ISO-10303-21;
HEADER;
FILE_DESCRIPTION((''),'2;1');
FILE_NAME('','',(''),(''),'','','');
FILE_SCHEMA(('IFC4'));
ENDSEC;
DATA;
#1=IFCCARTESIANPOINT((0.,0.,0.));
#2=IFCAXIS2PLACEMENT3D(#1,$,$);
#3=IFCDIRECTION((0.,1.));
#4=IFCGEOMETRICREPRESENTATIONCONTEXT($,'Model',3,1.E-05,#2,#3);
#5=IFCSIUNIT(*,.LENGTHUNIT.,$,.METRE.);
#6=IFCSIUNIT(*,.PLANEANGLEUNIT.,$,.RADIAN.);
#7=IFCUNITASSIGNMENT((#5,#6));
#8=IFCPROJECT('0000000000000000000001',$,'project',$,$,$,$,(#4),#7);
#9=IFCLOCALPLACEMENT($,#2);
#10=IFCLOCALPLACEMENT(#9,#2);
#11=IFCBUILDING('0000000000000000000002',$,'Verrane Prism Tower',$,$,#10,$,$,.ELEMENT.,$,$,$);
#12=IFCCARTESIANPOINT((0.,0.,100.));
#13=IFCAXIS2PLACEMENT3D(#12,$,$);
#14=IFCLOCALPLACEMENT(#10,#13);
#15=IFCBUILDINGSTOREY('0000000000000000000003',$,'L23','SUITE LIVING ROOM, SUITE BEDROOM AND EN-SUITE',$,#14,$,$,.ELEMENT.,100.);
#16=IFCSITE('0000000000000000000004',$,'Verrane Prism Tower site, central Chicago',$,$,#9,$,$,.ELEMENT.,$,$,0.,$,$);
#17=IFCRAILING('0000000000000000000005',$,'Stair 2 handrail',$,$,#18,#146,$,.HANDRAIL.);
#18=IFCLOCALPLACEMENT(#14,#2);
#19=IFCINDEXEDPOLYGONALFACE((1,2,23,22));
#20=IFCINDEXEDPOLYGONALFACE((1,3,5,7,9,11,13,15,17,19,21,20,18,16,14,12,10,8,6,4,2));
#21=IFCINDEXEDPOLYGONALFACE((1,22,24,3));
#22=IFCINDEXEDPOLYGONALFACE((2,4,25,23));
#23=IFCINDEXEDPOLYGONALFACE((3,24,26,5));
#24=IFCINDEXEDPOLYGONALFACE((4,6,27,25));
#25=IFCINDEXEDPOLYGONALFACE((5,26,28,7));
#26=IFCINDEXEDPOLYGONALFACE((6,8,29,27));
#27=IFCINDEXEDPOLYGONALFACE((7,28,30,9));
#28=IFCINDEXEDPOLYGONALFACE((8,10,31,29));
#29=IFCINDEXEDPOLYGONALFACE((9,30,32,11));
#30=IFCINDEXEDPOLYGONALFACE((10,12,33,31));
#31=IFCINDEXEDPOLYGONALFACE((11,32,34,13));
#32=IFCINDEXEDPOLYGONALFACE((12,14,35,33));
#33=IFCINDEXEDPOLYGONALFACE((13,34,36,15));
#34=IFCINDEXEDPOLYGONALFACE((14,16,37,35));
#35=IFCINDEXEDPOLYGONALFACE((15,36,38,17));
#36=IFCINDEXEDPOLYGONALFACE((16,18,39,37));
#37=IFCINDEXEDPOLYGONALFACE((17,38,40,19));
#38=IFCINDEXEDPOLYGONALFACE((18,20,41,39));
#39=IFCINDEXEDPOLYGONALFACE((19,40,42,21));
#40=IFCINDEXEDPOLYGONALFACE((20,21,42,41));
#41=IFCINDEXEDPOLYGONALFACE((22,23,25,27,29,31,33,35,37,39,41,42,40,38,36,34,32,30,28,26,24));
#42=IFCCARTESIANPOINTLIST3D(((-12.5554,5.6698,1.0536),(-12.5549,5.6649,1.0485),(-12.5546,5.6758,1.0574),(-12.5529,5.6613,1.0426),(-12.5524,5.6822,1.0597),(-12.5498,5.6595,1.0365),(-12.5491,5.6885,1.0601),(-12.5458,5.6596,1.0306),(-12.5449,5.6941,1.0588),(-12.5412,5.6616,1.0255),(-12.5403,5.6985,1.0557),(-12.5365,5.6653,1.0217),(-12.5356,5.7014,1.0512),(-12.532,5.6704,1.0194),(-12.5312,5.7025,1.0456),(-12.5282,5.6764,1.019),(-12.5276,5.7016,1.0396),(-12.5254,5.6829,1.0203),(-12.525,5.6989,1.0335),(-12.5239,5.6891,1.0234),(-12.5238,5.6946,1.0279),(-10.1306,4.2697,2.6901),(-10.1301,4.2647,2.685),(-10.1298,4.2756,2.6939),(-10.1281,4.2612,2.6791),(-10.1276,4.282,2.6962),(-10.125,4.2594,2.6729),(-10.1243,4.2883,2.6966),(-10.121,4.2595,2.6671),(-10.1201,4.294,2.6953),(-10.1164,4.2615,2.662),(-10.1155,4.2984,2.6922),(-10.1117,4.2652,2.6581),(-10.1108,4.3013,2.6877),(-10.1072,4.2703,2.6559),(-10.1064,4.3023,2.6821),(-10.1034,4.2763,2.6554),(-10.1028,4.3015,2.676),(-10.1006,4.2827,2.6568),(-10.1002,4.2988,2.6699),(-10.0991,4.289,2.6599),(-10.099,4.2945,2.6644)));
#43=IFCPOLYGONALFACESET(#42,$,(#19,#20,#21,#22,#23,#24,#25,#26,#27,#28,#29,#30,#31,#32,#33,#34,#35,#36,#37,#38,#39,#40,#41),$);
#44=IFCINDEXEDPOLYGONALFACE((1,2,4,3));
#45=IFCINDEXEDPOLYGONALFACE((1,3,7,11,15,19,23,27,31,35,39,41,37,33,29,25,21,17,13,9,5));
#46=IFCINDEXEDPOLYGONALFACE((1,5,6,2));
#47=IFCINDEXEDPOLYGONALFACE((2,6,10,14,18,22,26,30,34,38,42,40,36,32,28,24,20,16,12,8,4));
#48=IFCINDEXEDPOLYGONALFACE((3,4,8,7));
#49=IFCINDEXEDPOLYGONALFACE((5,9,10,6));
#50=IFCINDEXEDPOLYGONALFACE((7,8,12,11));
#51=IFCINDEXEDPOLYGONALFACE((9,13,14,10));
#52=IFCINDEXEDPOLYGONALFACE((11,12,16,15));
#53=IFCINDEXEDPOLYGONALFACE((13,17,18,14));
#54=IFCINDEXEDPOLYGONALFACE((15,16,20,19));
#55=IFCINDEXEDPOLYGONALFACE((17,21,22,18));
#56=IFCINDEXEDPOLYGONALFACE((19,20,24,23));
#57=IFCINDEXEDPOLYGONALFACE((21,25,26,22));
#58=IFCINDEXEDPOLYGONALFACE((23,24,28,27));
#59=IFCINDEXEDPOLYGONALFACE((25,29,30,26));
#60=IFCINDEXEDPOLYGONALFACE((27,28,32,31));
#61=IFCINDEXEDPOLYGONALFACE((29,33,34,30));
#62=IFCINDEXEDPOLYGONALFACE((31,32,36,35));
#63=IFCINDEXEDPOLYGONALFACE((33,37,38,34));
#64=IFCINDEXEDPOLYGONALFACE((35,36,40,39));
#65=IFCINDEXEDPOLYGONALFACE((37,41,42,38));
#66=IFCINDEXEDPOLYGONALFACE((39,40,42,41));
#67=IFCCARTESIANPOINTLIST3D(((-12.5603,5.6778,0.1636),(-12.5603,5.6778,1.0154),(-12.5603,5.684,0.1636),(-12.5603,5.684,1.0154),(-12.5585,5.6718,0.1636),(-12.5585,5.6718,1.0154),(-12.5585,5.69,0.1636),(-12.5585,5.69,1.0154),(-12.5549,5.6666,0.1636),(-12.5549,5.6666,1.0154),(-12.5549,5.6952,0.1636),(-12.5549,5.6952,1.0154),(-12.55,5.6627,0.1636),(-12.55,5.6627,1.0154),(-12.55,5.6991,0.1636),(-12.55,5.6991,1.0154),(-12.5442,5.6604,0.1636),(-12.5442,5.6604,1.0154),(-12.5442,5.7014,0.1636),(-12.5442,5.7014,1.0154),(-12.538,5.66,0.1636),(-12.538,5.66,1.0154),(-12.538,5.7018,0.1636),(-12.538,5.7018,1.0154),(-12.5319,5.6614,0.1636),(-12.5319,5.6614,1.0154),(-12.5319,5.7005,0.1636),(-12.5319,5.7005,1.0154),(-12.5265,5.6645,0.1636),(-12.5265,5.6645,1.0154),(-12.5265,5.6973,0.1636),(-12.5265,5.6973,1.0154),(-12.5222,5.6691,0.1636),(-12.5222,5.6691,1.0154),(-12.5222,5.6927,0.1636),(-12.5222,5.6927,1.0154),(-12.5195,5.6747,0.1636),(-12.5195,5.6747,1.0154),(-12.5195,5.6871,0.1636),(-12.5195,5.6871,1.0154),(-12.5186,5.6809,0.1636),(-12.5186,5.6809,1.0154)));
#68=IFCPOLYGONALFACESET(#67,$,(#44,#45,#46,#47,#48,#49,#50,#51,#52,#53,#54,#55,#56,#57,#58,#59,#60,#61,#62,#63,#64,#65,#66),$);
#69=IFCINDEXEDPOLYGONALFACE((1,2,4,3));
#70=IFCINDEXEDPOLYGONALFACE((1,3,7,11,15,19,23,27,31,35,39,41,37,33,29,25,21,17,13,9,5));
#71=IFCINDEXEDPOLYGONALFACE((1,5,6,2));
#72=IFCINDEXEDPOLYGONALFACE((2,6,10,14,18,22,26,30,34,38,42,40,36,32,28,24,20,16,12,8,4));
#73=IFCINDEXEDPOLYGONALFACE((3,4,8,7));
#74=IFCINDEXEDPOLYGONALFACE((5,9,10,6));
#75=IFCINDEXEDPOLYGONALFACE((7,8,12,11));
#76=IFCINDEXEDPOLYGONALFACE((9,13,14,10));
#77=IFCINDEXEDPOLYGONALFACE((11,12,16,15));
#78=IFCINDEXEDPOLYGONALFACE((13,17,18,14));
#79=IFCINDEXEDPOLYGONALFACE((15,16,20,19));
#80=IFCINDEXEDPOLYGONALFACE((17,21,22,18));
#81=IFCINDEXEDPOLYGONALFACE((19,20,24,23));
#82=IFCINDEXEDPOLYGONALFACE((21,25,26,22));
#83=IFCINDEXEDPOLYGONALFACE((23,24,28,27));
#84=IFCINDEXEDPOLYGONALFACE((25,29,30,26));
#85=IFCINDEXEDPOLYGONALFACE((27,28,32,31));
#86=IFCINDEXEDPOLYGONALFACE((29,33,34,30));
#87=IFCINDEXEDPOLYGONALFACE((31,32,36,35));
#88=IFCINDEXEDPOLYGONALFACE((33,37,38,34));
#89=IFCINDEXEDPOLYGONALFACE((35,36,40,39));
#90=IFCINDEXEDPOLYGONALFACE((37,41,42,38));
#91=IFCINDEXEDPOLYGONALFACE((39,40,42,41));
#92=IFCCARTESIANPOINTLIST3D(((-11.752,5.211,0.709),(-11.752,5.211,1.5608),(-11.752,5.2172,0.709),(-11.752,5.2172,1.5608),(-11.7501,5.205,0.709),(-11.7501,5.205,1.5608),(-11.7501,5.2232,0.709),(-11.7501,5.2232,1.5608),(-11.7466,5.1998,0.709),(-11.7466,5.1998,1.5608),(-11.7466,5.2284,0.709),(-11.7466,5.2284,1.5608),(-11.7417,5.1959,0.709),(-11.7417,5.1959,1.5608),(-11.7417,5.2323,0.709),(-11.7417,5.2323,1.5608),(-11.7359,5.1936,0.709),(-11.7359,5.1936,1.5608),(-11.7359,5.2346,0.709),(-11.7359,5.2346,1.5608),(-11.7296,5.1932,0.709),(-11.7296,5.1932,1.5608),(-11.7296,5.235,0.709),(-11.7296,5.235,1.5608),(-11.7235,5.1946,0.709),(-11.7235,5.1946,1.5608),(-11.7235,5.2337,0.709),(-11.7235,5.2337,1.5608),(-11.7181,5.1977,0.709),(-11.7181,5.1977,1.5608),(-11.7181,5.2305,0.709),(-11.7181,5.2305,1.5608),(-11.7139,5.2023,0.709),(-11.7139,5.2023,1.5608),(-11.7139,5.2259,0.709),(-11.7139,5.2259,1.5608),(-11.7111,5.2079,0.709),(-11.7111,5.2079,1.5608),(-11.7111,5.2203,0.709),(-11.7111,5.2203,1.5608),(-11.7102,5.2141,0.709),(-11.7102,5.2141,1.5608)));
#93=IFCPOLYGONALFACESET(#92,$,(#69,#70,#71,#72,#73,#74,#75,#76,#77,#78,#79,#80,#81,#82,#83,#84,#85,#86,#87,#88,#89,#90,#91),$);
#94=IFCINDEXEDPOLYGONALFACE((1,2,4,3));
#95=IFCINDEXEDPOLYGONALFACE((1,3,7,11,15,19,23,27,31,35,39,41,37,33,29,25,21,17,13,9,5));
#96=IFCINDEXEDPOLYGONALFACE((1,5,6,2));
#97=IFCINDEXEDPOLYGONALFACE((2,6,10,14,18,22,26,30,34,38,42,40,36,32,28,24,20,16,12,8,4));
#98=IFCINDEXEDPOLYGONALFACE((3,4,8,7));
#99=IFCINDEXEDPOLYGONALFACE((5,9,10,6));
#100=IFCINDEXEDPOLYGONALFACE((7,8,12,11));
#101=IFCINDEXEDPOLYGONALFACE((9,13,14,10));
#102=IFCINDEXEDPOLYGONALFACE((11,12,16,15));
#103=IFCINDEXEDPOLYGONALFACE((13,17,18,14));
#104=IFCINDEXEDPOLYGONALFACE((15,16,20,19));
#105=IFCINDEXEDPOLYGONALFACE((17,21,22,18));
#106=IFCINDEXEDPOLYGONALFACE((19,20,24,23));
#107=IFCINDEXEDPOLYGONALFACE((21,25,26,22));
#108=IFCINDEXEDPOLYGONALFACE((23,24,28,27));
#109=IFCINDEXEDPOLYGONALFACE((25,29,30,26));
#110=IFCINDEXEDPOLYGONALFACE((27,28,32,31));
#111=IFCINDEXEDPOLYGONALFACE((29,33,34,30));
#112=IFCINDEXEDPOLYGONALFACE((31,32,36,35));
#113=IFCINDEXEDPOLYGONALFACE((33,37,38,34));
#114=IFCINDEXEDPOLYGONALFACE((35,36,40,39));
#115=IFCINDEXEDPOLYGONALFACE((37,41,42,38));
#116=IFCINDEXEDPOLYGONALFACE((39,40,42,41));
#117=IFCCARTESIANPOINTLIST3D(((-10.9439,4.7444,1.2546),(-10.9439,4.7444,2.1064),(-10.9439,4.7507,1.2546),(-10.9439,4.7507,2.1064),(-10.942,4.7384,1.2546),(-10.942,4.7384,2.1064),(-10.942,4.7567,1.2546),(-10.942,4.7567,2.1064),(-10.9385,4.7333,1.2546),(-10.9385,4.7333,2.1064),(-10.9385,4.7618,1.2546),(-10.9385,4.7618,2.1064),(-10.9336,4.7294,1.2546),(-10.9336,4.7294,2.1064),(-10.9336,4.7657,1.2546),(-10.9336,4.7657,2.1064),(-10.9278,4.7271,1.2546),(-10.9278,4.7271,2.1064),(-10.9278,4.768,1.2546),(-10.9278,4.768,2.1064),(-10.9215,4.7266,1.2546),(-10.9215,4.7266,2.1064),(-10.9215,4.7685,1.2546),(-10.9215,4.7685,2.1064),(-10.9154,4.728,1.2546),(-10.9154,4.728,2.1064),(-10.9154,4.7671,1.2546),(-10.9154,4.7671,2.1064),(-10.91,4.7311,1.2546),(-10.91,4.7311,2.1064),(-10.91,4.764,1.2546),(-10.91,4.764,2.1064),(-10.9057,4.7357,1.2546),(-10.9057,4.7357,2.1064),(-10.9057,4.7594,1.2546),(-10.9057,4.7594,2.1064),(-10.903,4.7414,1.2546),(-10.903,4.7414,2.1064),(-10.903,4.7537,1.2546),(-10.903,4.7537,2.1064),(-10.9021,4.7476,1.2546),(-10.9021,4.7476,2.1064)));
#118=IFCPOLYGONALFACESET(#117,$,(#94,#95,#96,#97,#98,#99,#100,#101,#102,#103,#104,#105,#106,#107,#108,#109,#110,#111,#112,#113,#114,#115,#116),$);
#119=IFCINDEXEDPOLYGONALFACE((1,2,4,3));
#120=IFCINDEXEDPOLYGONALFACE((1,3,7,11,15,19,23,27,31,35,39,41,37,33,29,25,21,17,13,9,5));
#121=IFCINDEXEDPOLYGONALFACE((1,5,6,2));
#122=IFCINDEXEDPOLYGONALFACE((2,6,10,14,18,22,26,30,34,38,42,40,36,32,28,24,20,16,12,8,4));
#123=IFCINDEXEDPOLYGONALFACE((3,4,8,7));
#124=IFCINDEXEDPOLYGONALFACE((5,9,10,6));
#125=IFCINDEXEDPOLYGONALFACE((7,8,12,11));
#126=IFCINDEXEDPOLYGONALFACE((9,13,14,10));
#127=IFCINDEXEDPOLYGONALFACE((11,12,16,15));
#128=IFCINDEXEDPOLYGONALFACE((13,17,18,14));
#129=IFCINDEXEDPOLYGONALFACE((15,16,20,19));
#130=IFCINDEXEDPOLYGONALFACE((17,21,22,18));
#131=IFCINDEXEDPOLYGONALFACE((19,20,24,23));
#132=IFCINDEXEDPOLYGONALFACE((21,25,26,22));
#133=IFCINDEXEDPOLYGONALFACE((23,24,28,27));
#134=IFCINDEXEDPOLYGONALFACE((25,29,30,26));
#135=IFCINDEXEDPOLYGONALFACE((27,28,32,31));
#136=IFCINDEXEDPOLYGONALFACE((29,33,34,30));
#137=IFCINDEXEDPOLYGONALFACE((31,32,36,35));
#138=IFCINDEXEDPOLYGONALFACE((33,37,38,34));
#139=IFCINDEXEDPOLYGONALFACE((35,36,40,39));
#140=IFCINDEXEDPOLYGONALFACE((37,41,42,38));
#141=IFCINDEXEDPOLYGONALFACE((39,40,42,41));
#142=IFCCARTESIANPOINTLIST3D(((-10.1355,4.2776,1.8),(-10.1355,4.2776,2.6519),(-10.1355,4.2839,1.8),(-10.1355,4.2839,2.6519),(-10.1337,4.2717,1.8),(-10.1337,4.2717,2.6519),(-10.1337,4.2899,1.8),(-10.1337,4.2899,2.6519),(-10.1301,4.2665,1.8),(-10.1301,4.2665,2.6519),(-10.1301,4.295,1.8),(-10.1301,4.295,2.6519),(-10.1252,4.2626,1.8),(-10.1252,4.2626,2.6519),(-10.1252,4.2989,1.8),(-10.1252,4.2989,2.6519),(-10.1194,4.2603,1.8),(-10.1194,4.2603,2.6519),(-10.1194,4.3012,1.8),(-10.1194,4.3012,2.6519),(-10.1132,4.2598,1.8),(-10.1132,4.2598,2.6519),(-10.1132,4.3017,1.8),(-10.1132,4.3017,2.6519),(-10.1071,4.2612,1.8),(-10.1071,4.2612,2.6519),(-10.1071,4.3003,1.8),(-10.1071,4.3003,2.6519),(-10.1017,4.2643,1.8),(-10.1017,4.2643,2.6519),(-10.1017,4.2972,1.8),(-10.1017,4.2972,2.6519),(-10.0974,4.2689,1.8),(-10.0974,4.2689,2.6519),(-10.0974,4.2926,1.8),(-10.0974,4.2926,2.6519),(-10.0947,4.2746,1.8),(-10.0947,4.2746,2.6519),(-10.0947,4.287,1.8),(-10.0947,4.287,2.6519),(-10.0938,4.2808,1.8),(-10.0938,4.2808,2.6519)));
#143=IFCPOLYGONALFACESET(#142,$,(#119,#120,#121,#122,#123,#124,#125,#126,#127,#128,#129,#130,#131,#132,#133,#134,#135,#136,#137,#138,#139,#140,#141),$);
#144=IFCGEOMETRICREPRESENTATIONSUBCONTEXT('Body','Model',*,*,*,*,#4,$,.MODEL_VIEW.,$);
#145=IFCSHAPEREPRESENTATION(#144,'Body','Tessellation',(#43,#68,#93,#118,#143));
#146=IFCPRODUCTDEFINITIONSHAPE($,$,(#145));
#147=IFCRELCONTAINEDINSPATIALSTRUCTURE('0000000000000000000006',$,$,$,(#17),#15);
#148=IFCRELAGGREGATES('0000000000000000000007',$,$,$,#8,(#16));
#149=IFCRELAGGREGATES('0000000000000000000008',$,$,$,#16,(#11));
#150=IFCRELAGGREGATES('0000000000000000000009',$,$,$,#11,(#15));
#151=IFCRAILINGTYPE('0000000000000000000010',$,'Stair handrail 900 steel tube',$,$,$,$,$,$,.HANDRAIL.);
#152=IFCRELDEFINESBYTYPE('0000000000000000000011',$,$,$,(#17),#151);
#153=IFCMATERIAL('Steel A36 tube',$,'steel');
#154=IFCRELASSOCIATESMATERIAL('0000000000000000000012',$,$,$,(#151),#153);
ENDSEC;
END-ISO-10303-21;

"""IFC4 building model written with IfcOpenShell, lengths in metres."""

from ifc_helpers import new_model, si_unit, direction, frame, origin, origin_2d, place, context, subcontext, project, spatial, circle, extrude, material, type_object, element, save


model = new_model("IFC4")

# Units and contexts
model_context = context("Model", 3, precision=1e-05, world=origin(), true_north=direction((0.0, 1.0)))
body_context = subcontext(model_context, "Body", "Model", "MODEL_VIEW")
ifc_project = project(units=[si_unit("LENGTHUNIT", "METRE"), si_unit("PLANEANGLEUNIT", "RADIAN")], contexts=[model_context])

# Site, building, storey
site_placement = place(None, origin())
site = spatial("IfcSite", under=ifc_project, at=site_placement, Name="Verrane Prism Tower site, central Chicago", CompositionType="ELEMENT", RefElevation=0.0)
building_placement = place(site_placement, origin())
building = spatial("IfcBuilding", under=site, at=building_placement, Name="Verrane Prism Tower", CompositionType="ELEMENT")
storey_placement = place(building_placement, frame((0.0, 0.0, 100.0)))
storey = spatial("IfcBuildingStorey", under=building, at=storey_placement, Name="L23", Description="SUITE LIVING ROOM, SUITE BEDROOM AND EN-SUITE", CompositionType="ELEMENT", Elevation=100.0)

# Railing
ifc_material_1 = material(Name="Steel A36 tube", Category="steel")
railing_type_1 = type_object("IfcRailingType", Name="Stair handrail 900 steel tube", PredefinedType="HANDRAIL", material=ifc_material_1)
railing_1_placement = place(storey_placement, frame((-12.5396, 5.6809, 0.1636)))
element("IfcRailing", 1, at=railing_1_placement, inside=storey, type_object=railing_type_1, Name="Stair 2 handrail", PredefinedType="HANDRAIL", context=body_context, shape_type="SweptSolid", body=[
    extrude(circle(Radius=0.0239, at=origin_2d()), frame((0.0, 0.0, 0.876), z_axis=(0.747666, -0.431722, 0.504591), x_axis=(0.50005, 0.865997, 0.0)), (0.0, 0.0, 1.0), 3.2432),
    extrude(circle(Radius=0.021, at=origin_2d()), origin(), (0.0, 0.0, 1.0), 0.8518),
    extrude(circle(Radius=0.021, at=origin_2d()), frame((0.8083, -0.4668, 0.5454)), (0.0, 0.0, 1.0), 0.8518),
    extrude(circle(Radius=0.021, at=origin_2d()), frame((1.6165, -0.9333, 1.0911)), (0.0, 0.0, 1.0), 0.8518),
    extrude(circle(Radius=0.021, at=origin_2d()), frame((2.4248, -1.4001, 1.6365)), (0.0, 0.0, 1.0), 0.8518),
])

save(model, "model.ifc")
